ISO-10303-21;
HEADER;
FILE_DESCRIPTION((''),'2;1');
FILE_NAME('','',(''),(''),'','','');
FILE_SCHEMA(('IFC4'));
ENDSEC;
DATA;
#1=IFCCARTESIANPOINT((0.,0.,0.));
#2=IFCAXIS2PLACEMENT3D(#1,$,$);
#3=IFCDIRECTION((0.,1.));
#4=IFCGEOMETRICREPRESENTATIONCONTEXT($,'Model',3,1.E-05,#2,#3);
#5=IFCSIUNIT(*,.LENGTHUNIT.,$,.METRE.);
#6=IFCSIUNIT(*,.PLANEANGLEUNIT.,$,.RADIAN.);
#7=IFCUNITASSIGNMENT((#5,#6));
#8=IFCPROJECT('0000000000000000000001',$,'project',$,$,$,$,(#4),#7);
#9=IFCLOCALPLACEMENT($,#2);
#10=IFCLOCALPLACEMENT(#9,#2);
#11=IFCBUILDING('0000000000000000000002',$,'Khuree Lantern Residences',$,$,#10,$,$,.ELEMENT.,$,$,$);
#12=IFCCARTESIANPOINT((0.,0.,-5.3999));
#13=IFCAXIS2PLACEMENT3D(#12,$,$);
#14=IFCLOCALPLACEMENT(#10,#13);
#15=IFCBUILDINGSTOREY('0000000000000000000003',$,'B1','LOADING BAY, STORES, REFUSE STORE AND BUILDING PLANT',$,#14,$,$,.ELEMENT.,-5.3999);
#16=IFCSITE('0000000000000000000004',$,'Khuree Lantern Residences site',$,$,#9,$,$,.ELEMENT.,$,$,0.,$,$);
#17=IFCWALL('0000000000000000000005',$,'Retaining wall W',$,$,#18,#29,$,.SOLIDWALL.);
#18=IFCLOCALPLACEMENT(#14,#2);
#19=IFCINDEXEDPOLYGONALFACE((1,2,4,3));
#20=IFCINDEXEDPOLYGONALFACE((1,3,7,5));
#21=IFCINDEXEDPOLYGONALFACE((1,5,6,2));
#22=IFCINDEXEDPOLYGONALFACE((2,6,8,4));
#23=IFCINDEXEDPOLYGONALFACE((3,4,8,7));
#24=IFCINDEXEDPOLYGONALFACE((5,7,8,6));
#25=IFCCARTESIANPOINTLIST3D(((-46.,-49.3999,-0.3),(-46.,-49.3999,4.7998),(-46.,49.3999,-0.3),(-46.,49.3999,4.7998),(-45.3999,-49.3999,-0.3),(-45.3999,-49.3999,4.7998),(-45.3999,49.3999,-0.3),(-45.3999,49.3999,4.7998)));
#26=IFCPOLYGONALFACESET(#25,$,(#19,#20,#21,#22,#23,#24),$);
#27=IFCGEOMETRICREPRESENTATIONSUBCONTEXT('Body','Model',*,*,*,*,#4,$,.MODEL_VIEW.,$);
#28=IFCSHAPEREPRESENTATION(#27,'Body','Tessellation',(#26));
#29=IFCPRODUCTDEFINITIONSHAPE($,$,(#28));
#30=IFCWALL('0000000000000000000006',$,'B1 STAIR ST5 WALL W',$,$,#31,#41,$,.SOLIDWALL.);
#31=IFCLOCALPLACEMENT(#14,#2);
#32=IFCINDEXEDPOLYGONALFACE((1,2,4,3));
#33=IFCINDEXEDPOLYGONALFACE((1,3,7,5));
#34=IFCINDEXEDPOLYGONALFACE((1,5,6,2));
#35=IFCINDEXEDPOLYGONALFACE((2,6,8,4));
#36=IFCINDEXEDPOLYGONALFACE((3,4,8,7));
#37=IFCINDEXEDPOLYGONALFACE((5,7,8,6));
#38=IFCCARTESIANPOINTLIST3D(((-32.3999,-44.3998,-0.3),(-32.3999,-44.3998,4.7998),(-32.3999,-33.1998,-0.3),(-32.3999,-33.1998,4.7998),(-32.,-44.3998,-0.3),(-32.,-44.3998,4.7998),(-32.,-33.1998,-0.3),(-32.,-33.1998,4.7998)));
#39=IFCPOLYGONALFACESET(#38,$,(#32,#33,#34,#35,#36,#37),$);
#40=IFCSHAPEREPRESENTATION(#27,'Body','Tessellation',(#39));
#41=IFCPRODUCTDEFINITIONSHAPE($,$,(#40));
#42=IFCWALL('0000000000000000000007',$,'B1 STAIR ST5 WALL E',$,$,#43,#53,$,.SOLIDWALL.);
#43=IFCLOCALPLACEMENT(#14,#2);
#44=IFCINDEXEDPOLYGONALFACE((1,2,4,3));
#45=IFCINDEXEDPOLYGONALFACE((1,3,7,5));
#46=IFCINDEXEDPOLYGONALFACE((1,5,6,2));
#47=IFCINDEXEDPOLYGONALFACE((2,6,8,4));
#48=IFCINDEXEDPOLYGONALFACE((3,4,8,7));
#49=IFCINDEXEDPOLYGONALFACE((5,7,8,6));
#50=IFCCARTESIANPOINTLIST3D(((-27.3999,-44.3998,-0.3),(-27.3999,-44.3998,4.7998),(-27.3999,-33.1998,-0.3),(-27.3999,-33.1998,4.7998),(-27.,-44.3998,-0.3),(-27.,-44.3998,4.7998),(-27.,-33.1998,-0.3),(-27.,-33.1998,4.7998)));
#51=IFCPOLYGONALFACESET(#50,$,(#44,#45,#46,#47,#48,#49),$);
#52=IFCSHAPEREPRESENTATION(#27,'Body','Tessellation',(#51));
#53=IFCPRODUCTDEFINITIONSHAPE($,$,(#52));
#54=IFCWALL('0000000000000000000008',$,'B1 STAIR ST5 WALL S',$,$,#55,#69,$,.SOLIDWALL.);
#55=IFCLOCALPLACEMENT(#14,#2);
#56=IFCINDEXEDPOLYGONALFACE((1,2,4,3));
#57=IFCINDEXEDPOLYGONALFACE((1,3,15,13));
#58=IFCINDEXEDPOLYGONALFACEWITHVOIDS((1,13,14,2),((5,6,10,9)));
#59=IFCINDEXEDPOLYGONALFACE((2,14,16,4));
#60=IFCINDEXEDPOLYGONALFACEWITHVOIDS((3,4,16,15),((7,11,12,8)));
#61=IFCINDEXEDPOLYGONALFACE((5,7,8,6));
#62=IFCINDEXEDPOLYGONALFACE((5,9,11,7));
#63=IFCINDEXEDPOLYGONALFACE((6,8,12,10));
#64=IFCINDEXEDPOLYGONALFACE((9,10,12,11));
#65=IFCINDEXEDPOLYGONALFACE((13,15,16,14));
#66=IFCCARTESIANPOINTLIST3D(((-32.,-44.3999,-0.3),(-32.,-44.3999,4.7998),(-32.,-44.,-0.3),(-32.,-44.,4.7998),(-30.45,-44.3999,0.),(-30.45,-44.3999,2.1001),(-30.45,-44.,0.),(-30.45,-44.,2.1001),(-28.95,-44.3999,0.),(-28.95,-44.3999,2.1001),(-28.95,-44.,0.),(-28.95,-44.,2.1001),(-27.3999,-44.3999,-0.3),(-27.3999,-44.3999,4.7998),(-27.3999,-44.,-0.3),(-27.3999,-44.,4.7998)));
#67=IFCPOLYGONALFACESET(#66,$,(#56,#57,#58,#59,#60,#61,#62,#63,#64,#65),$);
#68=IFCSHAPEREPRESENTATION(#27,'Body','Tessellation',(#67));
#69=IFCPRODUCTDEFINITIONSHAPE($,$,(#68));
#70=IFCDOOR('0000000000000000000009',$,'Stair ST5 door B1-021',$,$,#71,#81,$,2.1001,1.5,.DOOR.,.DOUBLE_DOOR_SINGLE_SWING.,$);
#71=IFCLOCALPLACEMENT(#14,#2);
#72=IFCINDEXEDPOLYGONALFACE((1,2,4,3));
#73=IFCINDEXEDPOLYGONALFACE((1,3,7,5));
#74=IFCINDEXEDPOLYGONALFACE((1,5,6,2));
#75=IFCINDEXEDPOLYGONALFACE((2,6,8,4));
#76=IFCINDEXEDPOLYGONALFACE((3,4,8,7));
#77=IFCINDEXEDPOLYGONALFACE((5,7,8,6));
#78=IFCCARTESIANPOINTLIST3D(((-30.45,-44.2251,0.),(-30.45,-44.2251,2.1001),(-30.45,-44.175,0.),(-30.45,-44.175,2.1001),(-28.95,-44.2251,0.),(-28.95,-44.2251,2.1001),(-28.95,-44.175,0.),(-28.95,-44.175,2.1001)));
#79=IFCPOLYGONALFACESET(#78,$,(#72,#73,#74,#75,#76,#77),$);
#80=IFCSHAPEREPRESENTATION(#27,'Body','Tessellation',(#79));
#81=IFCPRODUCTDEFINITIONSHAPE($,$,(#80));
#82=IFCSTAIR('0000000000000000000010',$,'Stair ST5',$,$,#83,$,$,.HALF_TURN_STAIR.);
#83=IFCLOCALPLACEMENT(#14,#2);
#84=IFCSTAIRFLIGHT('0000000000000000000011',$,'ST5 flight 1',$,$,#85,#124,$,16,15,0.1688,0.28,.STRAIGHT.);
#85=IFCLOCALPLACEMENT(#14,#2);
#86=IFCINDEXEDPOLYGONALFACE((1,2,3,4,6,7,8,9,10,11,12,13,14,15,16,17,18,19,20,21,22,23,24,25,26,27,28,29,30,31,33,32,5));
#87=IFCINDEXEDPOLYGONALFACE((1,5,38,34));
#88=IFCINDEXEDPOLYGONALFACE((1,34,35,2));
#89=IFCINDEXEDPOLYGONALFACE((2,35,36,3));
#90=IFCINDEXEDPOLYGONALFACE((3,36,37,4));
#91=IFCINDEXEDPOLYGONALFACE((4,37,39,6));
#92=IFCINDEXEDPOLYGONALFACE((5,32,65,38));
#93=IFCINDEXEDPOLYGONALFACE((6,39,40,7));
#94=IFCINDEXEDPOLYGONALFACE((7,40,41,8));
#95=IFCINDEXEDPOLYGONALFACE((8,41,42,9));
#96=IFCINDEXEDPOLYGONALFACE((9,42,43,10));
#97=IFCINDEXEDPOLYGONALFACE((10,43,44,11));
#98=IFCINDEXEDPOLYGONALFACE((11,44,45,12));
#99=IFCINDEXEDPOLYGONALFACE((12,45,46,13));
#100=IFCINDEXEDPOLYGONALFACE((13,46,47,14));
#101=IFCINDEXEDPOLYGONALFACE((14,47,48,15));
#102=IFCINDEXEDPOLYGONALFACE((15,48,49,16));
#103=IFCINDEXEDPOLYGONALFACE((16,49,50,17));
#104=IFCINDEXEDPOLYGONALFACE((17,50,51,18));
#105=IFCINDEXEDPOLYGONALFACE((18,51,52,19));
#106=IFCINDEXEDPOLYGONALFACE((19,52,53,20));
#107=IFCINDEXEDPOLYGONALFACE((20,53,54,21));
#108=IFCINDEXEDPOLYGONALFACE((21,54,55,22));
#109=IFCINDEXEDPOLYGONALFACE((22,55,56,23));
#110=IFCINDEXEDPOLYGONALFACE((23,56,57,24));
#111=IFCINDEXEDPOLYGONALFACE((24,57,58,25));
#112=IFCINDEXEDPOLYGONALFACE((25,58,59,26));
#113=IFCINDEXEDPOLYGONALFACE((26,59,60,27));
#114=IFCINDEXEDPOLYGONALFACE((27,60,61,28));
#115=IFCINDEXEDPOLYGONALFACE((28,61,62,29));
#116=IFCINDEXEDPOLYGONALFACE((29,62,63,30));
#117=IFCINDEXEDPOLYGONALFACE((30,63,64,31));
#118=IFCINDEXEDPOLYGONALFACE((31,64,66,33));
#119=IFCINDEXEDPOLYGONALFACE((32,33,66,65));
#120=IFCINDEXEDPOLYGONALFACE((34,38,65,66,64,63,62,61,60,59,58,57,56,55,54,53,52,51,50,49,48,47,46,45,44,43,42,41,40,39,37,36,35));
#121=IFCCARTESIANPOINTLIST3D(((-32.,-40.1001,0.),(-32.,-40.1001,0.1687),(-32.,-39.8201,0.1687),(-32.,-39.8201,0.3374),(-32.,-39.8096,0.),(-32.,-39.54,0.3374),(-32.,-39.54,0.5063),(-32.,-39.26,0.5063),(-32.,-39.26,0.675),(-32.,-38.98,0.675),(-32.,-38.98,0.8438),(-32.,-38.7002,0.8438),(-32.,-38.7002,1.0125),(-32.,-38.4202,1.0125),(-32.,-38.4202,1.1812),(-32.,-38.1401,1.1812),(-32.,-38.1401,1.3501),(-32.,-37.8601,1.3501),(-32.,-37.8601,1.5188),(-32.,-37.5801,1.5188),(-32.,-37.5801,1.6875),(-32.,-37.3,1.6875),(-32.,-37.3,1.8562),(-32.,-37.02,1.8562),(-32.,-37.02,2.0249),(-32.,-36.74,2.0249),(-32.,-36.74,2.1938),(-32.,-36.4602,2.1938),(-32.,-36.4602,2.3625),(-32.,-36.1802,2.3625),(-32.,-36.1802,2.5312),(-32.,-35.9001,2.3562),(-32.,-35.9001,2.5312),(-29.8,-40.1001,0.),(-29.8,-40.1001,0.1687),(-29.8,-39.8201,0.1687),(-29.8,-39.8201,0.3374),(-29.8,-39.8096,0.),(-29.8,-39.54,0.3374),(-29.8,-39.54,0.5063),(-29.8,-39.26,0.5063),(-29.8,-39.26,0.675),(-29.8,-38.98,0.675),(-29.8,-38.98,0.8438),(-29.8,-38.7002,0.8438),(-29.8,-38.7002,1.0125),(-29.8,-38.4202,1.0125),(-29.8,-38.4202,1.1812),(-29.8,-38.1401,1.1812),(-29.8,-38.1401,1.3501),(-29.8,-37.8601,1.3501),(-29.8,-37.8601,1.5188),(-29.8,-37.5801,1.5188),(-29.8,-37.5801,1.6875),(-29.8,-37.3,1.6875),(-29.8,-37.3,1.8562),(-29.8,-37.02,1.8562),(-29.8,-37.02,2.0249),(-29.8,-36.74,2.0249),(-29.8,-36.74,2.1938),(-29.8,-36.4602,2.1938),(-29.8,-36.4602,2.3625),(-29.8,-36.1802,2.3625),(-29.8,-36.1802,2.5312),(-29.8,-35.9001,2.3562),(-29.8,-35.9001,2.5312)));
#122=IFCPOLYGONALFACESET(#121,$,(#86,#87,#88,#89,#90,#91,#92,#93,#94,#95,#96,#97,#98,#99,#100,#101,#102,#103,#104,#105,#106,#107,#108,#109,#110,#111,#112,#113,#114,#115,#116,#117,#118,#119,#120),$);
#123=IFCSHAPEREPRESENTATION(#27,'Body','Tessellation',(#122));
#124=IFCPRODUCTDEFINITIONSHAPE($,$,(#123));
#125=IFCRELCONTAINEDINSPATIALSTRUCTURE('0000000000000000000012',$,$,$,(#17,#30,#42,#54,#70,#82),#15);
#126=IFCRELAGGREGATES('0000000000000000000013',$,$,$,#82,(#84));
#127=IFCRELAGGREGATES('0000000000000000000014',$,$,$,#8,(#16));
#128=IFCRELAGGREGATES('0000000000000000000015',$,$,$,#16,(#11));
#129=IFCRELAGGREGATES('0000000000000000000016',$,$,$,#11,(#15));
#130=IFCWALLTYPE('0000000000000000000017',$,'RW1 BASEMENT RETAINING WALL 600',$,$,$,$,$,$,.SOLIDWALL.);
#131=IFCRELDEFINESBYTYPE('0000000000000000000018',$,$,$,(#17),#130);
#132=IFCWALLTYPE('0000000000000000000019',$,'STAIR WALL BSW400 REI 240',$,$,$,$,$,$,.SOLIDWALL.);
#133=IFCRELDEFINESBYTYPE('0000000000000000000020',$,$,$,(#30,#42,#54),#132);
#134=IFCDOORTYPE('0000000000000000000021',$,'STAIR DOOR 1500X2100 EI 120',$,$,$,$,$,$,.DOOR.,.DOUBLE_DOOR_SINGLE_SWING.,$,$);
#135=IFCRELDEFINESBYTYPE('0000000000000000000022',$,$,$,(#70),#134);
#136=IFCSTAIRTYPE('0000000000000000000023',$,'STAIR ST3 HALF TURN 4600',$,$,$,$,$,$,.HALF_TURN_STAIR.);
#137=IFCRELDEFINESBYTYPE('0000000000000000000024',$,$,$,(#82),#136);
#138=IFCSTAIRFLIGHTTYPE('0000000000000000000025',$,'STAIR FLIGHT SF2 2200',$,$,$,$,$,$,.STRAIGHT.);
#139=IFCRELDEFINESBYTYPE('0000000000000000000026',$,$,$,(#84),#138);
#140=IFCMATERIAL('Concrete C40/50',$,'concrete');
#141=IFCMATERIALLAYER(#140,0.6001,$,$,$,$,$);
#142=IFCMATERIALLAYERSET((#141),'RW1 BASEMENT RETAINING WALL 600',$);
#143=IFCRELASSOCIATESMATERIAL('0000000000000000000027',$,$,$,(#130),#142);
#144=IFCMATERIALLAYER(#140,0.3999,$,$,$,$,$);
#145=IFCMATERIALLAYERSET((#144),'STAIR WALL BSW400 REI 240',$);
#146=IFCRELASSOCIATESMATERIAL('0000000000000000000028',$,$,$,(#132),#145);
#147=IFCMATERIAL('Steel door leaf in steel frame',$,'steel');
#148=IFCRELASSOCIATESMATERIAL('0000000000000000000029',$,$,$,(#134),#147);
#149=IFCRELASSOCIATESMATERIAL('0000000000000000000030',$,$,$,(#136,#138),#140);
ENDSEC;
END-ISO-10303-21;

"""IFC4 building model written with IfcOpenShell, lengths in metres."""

from ifc_helpers import new_model, si_unit, direction, frame, frame_2d, origin, place, context, subcontext, project, spatial, polyline, rectangle, outline, extrude, material, layer, layer_set, type_object, element, fill, aggregate, save


model = new_model("IFC4")

# Units and contexts
model_context = context("Model", 3, precision=1e-05, world=origin(), true_north=direction((0.0, 1.0)))
body_context = subcontext(model_context, "Body", "Model", "MODEL_VIEW")
ifc_project = project(units=[si_unit("LENGTHUNIT", "METRE"), si_unit("PLANEANGLEUNIT", "RADIAN")], contexts=[model_context])

# Site, building, storey
site_placement = place(None, origin())
site = spatial("IfcSite", under=ifc_project, at=site_placement, Name="Khuree Lantern Residences site", CompositionType="ELEMENT", RefElevation=0.0)
building_placement = place(site_placement, origin())
building = spatial("IfcBuilding", under=site, at=building_placement, Name="Khuree Lantern Residences", CompositionType="ELEMENT")
storey_placement = place(building_placement, frame((0.0, 0.0, -5.3999)))
storey = spatial("IfcBuildingStorey", under=building, at=storey_placement, Name="B1", Description="LOADING BAY, STORES, REFUSE STORE AND BUILDING PLANT", CompositionType="ELEMENT", Elevation=-5.3999)

# Shared definitions
ifc_material_1 = material(Name="Concrete C40/50", Category="concrete")

# Shared definitions
ifc_material_2 = material(Name="Steel door leaf in steel frame", Category="steel")

# Walls
ifc_layer_1 = layer(ifc_material_1, 0.6001)
ifc_layer_set_1 = layer_set([ifc_layer_1], Name="RW1 BASEMENT RETAINING WALL 600")
wall_type_1 = type_object("IfcWallType", Name="RW1 BASEMENT RETAINING WALL 600", PredefinedType="SOLIDWALL", material=ifc_layer_set_1)
wall_1_placement = place(storey_placement, frame((-45.7, -49.3999, -0.3), z_axis=(0.0, 0.0, 1.0), x_axis=(0.0, 1.0, 0.0)))
element("IfcWall", 1, at=wall_1_placement, inside=storey, type_object=wall_type_1, Name="Retaining wall W", PredefinedType="SOLIDWALL", context=body_context, shape_type="SweptSolid", body=[
    extrude(rectangle(XDim=98.7998, YDim=0.6001, at=frame_2d((49.3999, 0.0))), origin(), (0.0, 0.0, 1.0), 5.0999),
])
ifc_layer_2 = layer(ifc_material_1, 0.3999)
ifc_layer_set_2 = layer_set([ifc_layer_2], Name="STAIR WALL BSW400 REI 240")
wall_type_2 = type_object("IfcWallType", Name="STAIR WALL BSW400 REI 240", PredefinedType="SOLIDWALL", material=ifc_layer_set_2)
for number, where, z_axis, x_axis, name in (
    (2, (-32.2, -44.3999, -0.3), (0.0, 0.0, 1.0), (0.0, 1.0, 0.0), "B1 STAIR ST5 WALL W"),
    (3, (-27.2, -44.3999, -0.3), (0.0, 0.0, 1.0), (0.0, 1.0, 0.0), "B1 STAIR ST5 WALL E"),
):
    element("IfcWall", number, at=place(storey_placement, frame(where, z_axis=z_axis, x_axis=x_axis)), inside=storey, type_object=wall_type_2, Name=name, PredefinedType="SOLIDWALL", context=body_context, shape_type="SweptSolid", body=[
        extrude(rectangle(XDim=11.2, YDim=0.3999, at=frame_2d((5.6001, 0.0))), origin(), (0.0, 0.0, 1.0), 5.0999),
    ])

# Wall, opening, door
wall_2_placement = place(storey_placement, frame((-32.0, -44.2, -0.3), z_axis=(0.0, 0.0, 1.0), x_axis=(1.0, 0.0, 0.0)))
wall_2 = element("IfcWall", 4, at=wall_2_placement, inside=storey, type_object=wall_type_2, Name="B1 STAIR ST5 WALL S", PredefinedType="SOLIDWALL", context=body_context, shape_type="SweptSolid", body=[
    extrude(rectangle(XDim=4.6001, YDim=0.3999, at=frame_2d((2.3, 0.0))), origin(), (0.0, 0.0, 1.0), 5.0999),
])
opening_1_placement = place(wall_2_placement, frame((1.55, 0.0, 0.3)))
opening_1 = element("IfcOpeningElement", 5, at=opening_1_placement, cuts=wall_2, PredefinedType="OPENING", context=body_context, shape_type="SweptSolid", body=[
    extrude(rectangle(XDim=1.5, YDim=2.1001, at=frame_2d((0.75, 1.05))), frame((0.0, 0.21, 0.0), z_axis=(0.0, -1.0, 0.0), x_axis=(1.0, 0.0, 0.0)), (0.0, 0.0, 1.0), 0.4199),
])
door_type_1 = type_object("IfcDoorType", Name="STAIR DOOR 1500X2100 EI 120", OperationType="DOUBLE_DOOR_SINGLE_SWING", PredefinedType="DOOR", material=ifc_material_2)
door_1_placement = place(opening_1_placement, origin())
door_1 = element("IfcDoor", 6, at=door_1_placement, inside=storey, type_object=door_type_1, Name="Stair ST5 door B1-021", OperationType="DOUBLE_DOOR_SINGLE_SWING", OverallHeight=2.1001, OverallWidth=1.5, PredefinedType="DOOR", context=body_context, shape_type="SweptSolid", body=[
    extrude(rectangle(XDim=1.5, YDim=2.1001, at=frame_2d((0.75, 1.05))), frame((0.0, 0.0249, 0.0), z_axis=(0.0, -1.0, 0.0), x_axis=(1.0, 0.0, 0.0)), (0.0, 0.0, 1.0), 0.05),
])
fill(opening_1, door_1)

# Stair, stair flight
stair_type = type_object("IfcStairType", Name="STAIR ST3 HALF TURN 4600", PredefinedType="HALF_TURN_STAIR", material=ifc_material_1)
stair_placement = place(storey_placement, origin())
stair = element("IfcStair", 7, at=stair_placement, inside=storey, type_object=stair_type, Name="Stair ST5", PredefinedType="HALF_TURN_STAIR")
stair_flight_type = type_object("IfcStairFlightType", Name="STAIR FLIGHT SF2 2200", PredefinedType="STRAIGHT", material=ifc_material_1)
stair_flight_placement = place(storey_placement, frame((-30.8999, -40.1001, 0.0), z_axis=(0.0, 0.0, 1.0), x_axis=(0.0, 1.0, 0.0)))
stair_flight = element("IfcStairFlight", 8, at=stair_flight_placement, type_object=stair_flight_type, Name="ST5 flight 1", NumberOfRisers=16, NumberOfTreads=15, PredefinedType="STRAIGHT", RiserHeight=0.1688, TreadLength=0.28, context=body_context, shape_type="SweptSolid", body=[
    extrude(outline(polyline([(0.0, 0.0), (0.0, 0.1687), (0.28, 0.1687), (0.28, 0.3374), (0.5601, 0.3374), (0.5601, 0.5063), (0.8401, 0.5063), (0.8401, 0.675), (1.1201, 0.675), (1.1201, 0.8438), (1.3999, 0.8438), (1.3999, 1.0125), (1.6799, 1.0125), (1.6799, 1.1812), (1.96, 1.1812), (1.96, 1.3501), (2.24, 1.3501), (2.24, 1.5188), (2.52, 1.5188), (2.52, 1.6875), (2.8, 1.6875), (2.8, 1.8562), (3.0801, 1.8562), (3.0801, 2.0249), (3.3601, 2.0249), (3.3601, 2.1938), (3.6399, 2.1938), (3.6399, 2.3625), (3.9199, 2.3625), (3.9199, 2.5312), (4.2, 2.5312), (4.2, 2.7), (4.2, 2.3562), (0.2905, 0.0), (0.0, 0.0)])), frame((0.0, 1.1001, 0.0), z_axis=(0.0, -1.0, 0.0), x_axis=(1.0, 0.0, 0.0)), (0.0, 0.0, 1.0), 2.2),
])
aggregate(stair, [stair_flight])

save(model, "model.ifc")
